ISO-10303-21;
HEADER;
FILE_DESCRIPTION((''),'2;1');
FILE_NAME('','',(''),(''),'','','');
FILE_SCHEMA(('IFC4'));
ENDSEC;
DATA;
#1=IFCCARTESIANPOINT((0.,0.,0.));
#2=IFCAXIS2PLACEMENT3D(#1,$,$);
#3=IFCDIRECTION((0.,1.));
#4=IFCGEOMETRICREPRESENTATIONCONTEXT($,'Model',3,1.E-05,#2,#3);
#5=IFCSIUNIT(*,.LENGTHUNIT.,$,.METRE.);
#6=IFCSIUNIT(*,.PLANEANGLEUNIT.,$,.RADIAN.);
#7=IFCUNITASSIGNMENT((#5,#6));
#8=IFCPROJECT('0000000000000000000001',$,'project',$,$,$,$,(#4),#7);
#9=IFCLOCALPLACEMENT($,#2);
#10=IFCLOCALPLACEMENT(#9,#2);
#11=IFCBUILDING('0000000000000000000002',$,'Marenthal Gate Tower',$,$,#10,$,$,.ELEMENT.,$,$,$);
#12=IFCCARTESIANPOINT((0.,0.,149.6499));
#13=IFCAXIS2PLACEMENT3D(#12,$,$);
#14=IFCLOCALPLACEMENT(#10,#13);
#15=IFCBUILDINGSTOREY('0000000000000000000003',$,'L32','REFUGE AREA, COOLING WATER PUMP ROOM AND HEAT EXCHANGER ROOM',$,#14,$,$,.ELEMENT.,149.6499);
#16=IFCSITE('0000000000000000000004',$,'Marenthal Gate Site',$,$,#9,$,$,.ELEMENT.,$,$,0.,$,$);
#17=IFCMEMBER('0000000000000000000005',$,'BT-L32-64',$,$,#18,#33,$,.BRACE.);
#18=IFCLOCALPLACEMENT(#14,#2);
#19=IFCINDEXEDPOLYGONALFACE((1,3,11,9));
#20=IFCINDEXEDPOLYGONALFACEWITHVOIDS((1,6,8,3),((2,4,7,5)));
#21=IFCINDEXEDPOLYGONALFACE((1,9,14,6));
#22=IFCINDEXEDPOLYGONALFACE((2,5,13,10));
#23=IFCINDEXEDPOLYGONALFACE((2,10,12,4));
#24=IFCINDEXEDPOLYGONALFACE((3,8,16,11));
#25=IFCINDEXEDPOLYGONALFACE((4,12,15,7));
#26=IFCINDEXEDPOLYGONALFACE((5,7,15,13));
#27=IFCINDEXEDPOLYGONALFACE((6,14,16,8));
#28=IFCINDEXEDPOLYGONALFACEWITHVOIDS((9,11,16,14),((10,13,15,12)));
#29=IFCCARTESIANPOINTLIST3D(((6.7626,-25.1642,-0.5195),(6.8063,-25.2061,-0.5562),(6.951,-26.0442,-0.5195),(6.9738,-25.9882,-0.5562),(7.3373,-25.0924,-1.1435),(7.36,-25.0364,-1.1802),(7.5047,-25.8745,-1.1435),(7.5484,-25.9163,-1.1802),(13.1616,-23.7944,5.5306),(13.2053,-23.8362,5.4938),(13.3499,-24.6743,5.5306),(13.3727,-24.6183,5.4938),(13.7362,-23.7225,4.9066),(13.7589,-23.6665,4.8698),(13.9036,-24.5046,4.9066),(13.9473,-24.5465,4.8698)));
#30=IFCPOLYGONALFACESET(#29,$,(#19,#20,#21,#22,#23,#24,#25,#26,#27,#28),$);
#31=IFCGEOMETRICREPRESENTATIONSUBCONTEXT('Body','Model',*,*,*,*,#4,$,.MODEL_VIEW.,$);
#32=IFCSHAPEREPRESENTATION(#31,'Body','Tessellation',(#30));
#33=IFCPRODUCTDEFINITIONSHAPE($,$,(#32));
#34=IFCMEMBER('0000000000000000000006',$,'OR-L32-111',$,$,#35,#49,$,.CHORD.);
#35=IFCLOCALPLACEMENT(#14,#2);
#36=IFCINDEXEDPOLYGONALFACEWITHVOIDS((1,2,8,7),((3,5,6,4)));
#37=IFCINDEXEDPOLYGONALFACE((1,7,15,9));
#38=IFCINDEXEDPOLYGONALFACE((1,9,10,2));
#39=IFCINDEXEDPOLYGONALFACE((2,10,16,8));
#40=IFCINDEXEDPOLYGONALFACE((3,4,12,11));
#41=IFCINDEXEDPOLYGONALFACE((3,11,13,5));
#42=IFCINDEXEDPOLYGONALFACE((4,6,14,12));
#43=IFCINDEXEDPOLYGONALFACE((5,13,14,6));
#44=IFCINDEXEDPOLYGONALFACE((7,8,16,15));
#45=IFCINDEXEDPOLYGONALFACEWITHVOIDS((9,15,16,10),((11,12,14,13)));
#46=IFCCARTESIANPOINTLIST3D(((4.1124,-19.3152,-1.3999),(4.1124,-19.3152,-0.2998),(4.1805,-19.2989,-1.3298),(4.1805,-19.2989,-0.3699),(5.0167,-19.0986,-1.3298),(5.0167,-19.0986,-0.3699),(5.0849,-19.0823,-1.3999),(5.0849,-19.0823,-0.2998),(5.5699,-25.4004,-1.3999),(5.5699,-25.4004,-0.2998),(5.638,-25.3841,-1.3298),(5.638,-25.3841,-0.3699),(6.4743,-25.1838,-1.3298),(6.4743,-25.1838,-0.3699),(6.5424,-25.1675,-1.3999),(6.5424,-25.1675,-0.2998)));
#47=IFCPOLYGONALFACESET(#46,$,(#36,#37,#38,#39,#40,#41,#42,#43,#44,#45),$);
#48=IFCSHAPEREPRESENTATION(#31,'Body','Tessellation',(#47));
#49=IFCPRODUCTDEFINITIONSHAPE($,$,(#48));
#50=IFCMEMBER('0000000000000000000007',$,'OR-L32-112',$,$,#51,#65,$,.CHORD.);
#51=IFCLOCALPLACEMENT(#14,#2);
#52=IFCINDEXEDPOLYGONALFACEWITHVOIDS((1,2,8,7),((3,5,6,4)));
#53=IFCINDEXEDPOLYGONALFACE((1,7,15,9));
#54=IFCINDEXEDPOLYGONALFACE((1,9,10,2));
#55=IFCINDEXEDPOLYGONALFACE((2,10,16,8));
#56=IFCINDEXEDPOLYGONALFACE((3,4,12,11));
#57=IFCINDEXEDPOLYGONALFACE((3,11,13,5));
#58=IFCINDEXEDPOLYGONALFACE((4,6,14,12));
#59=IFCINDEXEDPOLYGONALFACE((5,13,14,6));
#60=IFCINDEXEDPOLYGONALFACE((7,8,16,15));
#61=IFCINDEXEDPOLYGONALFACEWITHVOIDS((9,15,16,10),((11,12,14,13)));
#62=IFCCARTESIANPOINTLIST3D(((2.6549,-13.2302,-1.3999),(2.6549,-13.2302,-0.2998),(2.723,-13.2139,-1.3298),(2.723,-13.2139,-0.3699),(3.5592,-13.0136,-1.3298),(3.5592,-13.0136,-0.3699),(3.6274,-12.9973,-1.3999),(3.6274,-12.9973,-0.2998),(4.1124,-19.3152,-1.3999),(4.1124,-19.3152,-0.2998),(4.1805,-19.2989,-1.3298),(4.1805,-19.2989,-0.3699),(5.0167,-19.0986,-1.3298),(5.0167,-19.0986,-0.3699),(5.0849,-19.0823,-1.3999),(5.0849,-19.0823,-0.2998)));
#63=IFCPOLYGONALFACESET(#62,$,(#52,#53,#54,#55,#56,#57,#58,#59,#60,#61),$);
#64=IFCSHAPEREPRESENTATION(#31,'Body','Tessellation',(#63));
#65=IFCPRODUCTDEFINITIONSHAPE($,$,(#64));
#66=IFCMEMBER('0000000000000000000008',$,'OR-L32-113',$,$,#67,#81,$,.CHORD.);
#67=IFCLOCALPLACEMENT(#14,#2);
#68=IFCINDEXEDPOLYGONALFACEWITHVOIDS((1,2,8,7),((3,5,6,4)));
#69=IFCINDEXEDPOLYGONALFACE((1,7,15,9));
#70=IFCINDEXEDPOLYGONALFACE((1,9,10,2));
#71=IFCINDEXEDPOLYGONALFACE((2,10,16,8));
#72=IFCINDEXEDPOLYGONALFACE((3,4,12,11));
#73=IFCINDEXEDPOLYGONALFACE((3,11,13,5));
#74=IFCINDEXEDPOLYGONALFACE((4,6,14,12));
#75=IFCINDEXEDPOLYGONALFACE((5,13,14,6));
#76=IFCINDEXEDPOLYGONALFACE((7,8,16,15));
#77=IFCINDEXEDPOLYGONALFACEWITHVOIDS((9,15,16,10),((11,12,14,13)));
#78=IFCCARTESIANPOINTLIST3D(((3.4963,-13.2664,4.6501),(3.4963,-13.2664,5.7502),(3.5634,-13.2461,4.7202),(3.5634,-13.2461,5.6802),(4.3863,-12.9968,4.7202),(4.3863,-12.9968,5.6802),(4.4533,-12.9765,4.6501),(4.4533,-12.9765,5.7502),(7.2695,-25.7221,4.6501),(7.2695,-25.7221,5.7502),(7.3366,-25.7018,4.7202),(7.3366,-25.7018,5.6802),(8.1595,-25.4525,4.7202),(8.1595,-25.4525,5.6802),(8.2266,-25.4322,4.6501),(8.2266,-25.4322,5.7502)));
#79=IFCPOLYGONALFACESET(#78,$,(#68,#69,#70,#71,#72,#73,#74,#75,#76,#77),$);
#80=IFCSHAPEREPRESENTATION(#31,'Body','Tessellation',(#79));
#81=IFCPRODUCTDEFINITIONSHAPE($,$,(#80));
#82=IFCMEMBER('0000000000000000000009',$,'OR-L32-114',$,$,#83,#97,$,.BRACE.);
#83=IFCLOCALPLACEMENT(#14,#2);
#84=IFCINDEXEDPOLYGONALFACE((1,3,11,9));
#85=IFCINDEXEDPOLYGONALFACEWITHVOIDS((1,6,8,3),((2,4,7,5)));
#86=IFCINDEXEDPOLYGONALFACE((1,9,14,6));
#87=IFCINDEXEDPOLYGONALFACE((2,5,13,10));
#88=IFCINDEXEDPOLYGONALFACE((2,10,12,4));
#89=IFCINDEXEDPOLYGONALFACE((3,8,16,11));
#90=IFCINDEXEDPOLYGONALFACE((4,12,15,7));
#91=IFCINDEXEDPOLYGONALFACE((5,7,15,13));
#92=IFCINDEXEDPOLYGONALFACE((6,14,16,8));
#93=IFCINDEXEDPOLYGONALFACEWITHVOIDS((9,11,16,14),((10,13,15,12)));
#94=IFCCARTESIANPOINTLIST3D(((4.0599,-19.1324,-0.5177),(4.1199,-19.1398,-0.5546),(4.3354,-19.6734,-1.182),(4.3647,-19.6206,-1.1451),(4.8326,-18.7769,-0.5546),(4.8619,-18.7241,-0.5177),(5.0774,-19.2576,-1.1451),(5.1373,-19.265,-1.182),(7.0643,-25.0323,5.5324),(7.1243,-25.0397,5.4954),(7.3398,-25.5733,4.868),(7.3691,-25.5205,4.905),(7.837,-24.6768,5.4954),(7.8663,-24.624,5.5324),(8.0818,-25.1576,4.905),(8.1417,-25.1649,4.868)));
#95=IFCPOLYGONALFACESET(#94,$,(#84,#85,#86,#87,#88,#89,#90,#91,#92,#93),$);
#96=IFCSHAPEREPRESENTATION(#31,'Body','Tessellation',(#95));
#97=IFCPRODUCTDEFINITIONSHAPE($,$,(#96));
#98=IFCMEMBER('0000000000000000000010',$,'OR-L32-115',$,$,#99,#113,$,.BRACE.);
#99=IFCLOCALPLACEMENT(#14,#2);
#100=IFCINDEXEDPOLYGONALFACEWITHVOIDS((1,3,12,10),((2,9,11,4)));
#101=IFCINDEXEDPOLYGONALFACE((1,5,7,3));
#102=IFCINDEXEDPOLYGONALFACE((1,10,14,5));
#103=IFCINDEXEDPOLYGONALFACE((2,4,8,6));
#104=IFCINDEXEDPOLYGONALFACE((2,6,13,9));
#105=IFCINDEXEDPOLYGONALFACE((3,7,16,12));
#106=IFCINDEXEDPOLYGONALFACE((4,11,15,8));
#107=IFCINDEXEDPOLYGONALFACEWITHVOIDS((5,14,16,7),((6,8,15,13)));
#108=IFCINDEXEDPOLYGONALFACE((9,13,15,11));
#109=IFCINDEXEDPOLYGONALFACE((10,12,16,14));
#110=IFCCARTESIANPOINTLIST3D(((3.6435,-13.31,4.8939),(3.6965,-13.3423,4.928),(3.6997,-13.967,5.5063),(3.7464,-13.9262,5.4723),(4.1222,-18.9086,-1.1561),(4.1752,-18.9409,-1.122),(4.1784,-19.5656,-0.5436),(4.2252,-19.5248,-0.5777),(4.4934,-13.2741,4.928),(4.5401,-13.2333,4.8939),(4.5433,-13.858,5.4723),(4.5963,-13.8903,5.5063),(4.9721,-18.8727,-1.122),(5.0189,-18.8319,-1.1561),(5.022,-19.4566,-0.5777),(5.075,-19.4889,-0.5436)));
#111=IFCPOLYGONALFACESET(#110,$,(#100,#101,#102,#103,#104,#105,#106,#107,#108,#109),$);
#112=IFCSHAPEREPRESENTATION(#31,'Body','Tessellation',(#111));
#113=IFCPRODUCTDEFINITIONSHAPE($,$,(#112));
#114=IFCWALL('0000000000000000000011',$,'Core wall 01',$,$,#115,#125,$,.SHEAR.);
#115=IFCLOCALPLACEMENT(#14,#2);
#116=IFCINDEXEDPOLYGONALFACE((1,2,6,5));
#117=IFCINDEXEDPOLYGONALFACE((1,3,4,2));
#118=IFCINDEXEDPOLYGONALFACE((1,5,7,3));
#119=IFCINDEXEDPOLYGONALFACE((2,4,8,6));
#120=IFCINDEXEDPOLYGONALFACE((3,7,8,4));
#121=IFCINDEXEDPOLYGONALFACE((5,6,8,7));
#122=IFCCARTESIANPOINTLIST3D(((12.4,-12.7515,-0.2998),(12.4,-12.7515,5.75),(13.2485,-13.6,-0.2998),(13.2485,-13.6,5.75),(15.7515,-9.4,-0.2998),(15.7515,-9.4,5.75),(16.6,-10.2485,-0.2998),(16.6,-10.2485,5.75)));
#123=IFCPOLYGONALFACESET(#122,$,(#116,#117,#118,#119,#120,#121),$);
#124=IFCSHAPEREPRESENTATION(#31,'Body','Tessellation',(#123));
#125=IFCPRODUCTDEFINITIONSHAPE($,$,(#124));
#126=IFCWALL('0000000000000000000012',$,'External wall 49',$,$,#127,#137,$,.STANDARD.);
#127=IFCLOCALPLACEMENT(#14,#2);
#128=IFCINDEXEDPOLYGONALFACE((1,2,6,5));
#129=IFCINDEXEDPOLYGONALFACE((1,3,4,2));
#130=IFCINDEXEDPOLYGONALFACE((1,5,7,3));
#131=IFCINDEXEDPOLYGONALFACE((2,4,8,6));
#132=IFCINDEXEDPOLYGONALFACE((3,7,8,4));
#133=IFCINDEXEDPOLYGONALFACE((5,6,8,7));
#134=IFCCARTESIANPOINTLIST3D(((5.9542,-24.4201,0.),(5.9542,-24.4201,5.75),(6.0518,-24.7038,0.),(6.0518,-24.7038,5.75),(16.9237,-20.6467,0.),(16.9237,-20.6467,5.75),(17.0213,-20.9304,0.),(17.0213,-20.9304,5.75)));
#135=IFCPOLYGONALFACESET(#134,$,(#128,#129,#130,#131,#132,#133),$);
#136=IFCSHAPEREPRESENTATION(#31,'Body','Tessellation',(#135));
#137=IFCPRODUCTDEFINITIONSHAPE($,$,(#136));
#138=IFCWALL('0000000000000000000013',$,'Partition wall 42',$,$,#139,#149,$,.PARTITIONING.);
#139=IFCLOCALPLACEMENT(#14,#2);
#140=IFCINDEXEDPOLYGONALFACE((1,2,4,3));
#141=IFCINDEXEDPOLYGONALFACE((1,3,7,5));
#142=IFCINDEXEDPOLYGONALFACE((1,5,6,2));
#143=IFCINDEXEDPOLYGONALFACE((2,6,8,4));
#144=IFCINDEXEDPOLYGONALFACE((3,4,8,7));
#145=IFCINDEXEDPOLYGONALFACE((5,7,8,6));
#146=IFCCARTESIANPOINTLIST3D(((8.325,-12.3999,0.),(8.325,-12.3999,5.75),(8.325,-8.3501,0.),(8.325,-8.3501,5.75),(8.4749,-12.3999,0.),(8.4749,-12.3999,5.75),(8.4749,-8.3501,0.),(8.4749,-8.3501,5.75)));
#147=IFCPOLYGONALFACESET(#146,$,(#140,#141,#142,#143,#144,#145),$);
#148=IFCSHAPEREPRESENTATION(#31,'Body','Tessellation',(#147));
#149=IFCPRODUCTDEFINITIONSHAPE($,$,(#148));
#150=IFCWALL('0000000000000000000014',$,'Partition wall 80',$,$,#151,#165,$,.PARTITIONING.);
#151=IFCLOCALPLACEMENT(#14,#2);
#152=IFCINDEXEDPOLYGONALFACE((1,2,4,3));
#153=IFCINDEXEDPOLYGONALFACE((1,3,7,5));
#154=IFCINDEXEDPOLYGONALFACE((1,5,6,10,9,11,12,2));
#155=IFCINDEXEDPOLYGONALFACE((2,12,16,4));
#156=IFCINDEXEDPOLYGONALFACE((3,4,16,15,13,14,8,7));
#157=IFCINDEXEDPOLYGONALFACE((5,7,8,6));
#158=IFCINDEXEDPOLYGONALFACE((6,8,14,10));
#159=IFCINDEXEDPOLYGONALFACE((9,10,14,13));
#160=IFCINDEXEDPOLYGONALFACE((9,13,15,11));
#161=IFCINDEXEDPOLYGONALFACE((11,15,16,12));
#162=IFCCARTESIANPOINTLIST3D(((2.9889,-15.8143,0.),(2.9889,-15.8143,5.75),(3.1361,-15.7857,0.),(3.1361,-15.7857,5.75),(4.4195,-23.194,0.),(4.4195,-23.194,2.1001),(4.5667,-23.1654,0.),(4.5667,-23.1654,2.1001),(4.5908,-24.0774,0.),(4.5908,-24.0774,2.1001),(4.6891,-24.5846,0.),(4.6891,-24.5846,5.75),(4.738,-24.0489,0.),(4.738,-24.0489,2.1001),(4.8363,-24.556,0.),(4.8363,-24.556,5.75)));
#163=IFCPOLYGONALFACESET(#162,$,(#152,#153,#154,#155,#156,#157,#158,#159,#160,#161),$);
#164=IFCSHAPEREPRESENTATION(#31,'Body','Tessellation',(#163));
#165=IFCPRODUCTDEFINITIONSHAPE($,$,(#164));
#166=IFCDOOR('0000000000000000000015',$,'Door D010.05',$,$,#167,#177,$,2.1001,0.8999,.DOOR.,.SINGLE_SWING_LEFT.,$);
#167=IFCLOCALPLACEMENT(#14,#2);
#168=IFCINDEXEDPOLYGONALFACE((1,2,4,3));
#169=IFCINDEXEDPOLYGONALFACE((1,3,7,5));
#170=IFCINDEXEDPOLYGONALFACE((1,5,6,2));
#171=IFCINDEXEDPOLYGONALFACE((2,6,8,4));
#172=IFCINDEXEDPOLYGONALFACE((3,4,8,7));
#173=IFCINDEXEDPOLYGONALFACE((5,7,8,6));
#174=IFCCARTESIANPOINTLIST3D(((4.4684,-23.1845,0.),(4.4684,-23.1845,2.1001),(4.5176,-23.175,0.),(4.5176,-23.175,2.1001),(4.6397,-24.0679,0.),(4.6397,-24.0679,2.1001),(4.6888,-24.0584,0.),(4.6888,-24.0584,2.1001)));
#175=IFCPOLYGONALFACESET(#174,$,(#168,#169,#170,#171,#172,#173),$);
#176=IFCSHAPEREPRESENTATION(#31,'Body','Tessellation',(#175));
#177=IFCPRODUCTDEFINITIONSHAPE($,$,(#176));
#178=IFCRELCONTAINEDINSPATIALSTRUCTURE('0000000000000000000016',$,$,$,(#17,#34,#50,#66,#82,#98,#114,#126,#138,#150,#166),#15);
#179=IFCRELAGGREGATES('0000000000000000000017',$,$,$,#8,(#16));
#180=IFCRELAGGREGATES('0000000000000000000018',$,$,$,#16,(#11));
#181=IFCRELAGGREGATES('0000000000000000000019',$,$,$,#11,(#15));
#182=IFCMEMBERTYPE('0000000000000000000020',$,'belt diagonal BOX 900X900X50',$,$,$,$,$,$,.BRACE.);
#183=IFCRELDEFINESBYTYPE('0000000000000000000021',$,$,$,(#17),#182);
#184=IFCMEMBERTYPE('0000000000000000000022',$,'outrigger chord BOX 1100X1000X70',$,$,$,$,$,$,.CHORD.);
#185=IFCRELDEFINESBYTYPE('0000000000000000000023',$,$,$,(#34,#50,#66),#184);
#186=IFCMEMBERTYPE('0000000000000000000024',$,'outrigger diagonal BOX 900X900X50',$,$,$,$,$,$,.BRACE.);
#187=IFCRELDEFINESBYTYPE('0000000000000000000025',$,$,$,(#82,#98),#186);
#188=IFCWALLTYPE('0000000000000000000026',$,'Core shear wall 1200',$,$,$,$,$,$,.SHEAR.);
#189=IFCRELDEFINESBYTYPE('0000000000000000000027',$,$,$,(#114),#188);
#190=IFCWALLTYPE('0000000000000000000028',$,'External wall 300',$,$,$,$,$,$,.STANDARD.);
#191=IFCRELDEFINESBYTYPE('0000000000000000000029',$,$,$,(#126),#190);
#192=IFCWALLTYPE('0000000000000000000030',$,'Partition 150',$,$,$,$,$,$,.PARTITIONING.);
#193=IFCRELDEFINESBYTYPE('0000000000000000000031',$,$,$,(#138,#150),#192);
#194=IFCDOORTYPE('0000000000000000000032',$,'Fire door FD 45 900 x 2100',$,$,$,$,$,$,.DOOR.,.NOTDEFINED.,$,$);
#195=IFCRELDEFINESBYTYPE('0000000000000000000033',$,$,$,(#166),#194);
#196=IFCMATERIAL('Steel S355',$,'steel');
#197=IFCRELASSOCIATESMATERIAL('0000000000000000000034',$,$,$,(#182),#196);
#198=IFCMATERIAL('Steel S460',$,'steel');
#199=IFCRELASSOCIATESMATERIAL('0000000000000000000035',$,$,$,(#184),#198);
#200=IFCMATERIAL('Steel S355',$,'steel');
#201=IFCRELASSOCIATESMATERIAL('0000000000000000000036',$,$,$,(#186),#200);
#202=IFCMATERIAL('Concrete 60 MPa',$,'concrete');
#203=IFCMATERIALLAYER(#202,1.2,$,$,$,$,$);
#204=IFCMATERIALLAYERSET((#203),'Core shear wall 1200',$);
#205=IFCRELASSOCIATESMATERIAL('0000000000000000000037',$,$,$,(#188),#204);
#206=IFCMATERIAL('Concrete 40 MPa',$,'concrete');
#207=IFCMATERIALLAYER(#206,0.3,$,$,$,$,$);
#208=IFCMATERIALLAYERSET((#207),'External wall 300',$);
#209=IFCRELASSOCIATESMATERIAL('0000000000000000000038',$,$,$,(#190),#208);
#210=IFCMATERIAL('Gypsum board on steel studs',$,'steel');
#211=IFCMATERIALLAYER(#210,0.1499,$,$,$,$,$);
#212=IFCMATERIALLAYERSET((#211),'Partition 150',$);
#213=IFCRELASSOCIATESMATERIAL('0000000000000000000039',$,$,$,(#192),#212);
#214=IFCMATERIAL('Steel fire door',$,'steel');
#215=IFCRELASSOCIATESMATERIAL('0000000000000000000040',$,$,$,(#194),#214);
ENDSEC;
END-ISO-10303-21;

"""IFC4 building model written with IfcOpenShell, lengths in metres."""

from ifc_helpers import new_model, si_unit, direction, frame, frame_2d, origin, origin_2d, place, context, subcontext, project, spatial, rectangle, hollow_rectangle, extrude, material, layer, layer_set, material_profile, profile_set, type_object, element, fill, save


model = new_model("IFC4")

# Units and contexts
model_context = context("Model", 3, precision=1e-05, world=origin(), true_north=direction((0.0, 1.0)))
body_context = subcontext(model_context, "Body", "Model", "MODEL_VIEW")
ifc_project = project(units=[si_unit("LENGTHUNIT", "METRE"), si_unit("PLANEANGLEUNIT", "RADIAN")], contexts=[model_context])

# Site, building, storey
site_placement = place(None, origin())
site = spatial("IfcSite", under=ifc_project, at=site_placement, Name="Marenthal Gate Site", CompositionType="ELEMENT", RefElevation=0.0)
building_placement = place(site_placement, origin())
building = spatial("IfcBuilding", under=site, at=building_placement, Name="Marenthal Gate Tower", CompositionType="ELEMENT")
storey_placement = place(building_placement, frame((0.0, 0.0, 149.6499)))
storey = spatial("IfcBuildingStorey", under=building, at=storey_placement, Name="L32", Description="REFUGE AREA, COOLING WATER PUMP ROOM AND HEAT EXCHANGER ROOM", CompositionType="ELEMENT", Elevation=149.6499)

# Members
ifc_material_1 = material(Name="Steel S355", Category="steel")
ifc_material_profile_1 = material_profile(ifc_material_1, hollow_rectangle(XDim=0.8999, YDim=0.8999, WallThickness=0.05, at=origin_2d()), Name="BOX 900X900X50")
ifc_profile_set_1 = profile_set([ifc_material_profile_1], Name="Steel S355")
member_type_1 = type_object("IfcMemberType", Name="belt diagonal BOX 900X900X50", PredefinedType="BRACE", material=ifc_profile_set_1)
member_1_placement = place(storey_placement, frame((7.1555, -25.5403, -0.8499), z_axis=(0.718003, 0.153709, 0.678856), x_axis=(-0.209335, 0.977844, 0.0)))
element("IfcMember", 1, at=member_1_placement, inside=storey, type_object=member_type_1, Name="BT-L32-64", PredefinedType="BRACE", context=body_context, shape_type="SweptSolid", body=[
    extrude(hollow_rectangle(XDim=0.8999, YDim=0.8999, WallThickness=0.05, at=origin_2d()), origin(), (0.0, 0.0, 1.0), 8.9121),
])
ifc_material_2 = material(Name="Steel S460", Category="steel")
ifc_material_profile_2 = material_profile(ifc_material_2, hollow_rectangle(XDim=1.0, YDim=1.1001, WallThickness=0.0701, at=origin_2d()), Name="BOX 1100X1000X70")
ifc_profile_set_2 = profile_set([ifc_material_profile_2], Name="Steel S460")
member_type_2 = type_object("IfcMemberType", Name="outrigger chord BOX 1100X1000X70", PredefinedType="CHORD", material=ifc_profile_set_2)
member_2_placement = place(storey_placement, frame((6.0562, -25.2839, -0.8499), z_axis=(-0.23293, 0.972493, 0.0), x_axis=(-0.972493, -0.23293, 0.0)))
element("IfcMember", 2, at=member_2_placement, inside=storey, type_object=member_type_2, Name="OR-L32-111", PredefinedType="CHORD", context=body_context, shape_type="SweptSolid", body=[
    extrude(hollow_rectangle(XDim=1.0, YDim=1.1001, WallThickness=0.0701, at=origin_2d()), origin(), (0.0, 0.0, 1.0), 6.2573),
])
member_3_placement = place(storey_placement, frame((4.5986, -19.1987, -0.8499), z_axis=(-0.232939, 0.972491, 0.0), x_axis=(-0.972491, -0.232939, 0.0)))
element("IfcMember", 3, at=member_3_placement, inside=storey, type_object=member_type_2, Name="OR-L32-112", PredefinedType="CHORD", context=body_context, shape_type="SweptSolid", body=[
    extrude(hollow_rectangle(XDim=1.0, YDim=1.1001, WallThickness=0.0701, at=origin_2d()), origin(), (0.0, 0.0, 1.0), 6.2571),
])
member_4_placement = place(storey_placement, frame((7.748, -25.5771, 5.2002), z_axis=(-0.289921, 0.95705, 0.0), x_axis=(-0.95705, -0.289921, 0.0)))
element("IfcMember", 4, at=member_4_placement, inside=storey, type_object=member_type_2, Name="OR-L32-113", PredefinedType="CHORD", context=body_context, shape_type="SweptSolid", body=[
    extrude(hollow_rectangle(XDim=1.0, YDim=1.1001, WallThickness=0.0701, at=origin_2d()), origin(), (0.0, 0.0, 1.0), 13.0146),
])
ifc_material_3 = material(Name="Steel S355", Category="steel")
ifc_material_profile_3 = material_profile(ifc_material_3, hollow_rectangle(XDim=0.8999, YDim=0.8999, WallThickness=0.05, at=origin_2d()), Name="BOX 900X900X50")
ifc_profile_set_3 = profile_set([ifc_material_profile_3], Name="Steel S355")
member_type_3 = type_object("IfcMemberType", Name="outrigger diagonal BOX 900X900X50", PredefinedType="BRACE", material=ifc_profile_set_3)
member_5_placement = place(storey_placement, frame((7.603, -25.0986, 5.2002), z_axis=(-0.334985, 0.657829, -0.674571), x_axis=(-0.891114, -0.45378, 0.0)))
element("IfcMember", 5, at=member_5_placement, inside=storey, type_object=member_type_3, Name="OR-L32-114", PredefinedType="BRACE", context=body_context, shape_type="SweptSolid", body=[
    extrude(hollow_rectangle(XDim=0.8999, YDim=0.8999, WallThickness=0.05, at=origin_2d()), origin(), (0.0, 0.0, 1.0), 8.9688),
])
member_6_placement = place(storey_placement, frame((4.5986, -19.1987, -0.8499), z_axis=(-0.057983, 0.678052, 0.732723), x_axis=(-0.996364, -0.085203, 0.0)))
element("IfcMember", 6, at=member_6_placement, inside=storey, type_object=member_type_3, Name="OR-L32-115", PredefinedType="BRACE", context=body_context, shape_type="SweptSolid", body=[
    extrude(hollow_rectangle(XDim=0.8999, YDim=0.8999, WallThickness=0.05, at=origin_2d()), origin(), (0.0, 0.0, 1.0), 8.2568),
])

# Walls
ifc_material_4 = material(Name="Concrete 60 MPa", Category="concrete")
ifc_layer_1 = layer(ifc_material_4, 1.2)
ifc_layer_set_1 = layer_set([ifc_layer_1], Name="Core shear wall 1200")
wall_type_1 = type_object("IfcWallType", Name="Core shear wall 1200", PredefinedType="SHEAR", material=ifc_layer_set_1)
wall_1_placement = place(storey_placement, frame((12.8242, -13.1758, -0.2998), z_axis=(0.0, 0.0, 1.0), x_axis=(0.707107, 0.707107, 0.0)))
element("IfcWall", 7, at=wall_1_placement, inside=storey, type_object=wall_type_1, Name="Core wall 01", PredefinedType="SHEAR", context=body_context, shape_type="SweptSolid", body=[
    extrude(rectangle(XDim=4.7397, YDim=1.2, at=frame_2d((2.3699, 0.0))), origin(), (0.0, 0.0, 1.0), 6.0498),
])
ifc_material_5 = material(Name="Concrete 40 MPa", Category="concrete")
ifc_layer_2 = layer(ifc_material_5, 0.3)
ifc_layer_set_2 = layer_set([ifc_layer_2], Name="External wall 300")
wall_type_2 = type_object("IfcWallType", Name="External wall 300", PredefinedType="STANDARD", material=ifc_layer_set_2)
wall_2_placement = place(storey_placement, frame((6.0029, -24.562, 0.0), z_axis=(0.0, 0.0, 1.0), x_axis=(0.945616, 0.325286, 0.0)))
element("IfcWall", 8, at=wall_2_placement, inside=storey, type_object=wall_type_2, Name="External wall 49", PredefinedType="STANDARD", context=body_context, shape_type="SweptSolid", body=[
    extrude(rectangle(XDim=11.6003, YDim=0.3, at=frame_2d((5.8003, 0.0))), origin(), (0.0, 0.0, 1.0), 5.75),
])
ifc_material_6 = material(Name="Gypsum board on steel studs", Category="steel")
ifc_layer_3 = layer(ifc_material_6, 0.1499)
ifc_layer_set_3 = layer_set([ifc_layer_3], Name="Partition 150")
wall_type_3 = type_object("IfcWallType", Name="Partition 150", PredefinedType="PARTITIONING", material=ifc_layer_set_3)
wall_3_placement = place(storey_placement, frame((8.3999, -12.3999, 0.0), z_axis=(0.0, 0.0, 1.0), x_axis=(0.0, 1.0, 0.0)))
element("IfcWall", 9, at=wall_3_placement, inside=storey, type_object=wall_type_3, Name="Partition wall 42", PredefinedType="PARTITIONING", context=body_context, shape_type="SweptSolid", body=[
    extrude(rectangle(XDim=4.0498, YDim=0.1499, at=frame_2d((2.0249, 0.0))), origin(), (0.0, 0.0, 1.0), 5.75),
])

# Wall, opening, door
wall_4_placement = place(storey_placement, frame((4.7627, -24.5703, 0.0), z_axis=(0.0, 0.0, 1.0), x_axis=(-0.190316, 0.981723, 0.0)))
wall_4 = element("IfcWall", 10, at=wall_4_placement, inside=storey, type_object=wall_type_3, Name="Partition wall 80", PredefinedType="PARTITIONING", context=body_context, shape_type="SweptSolid", body=[
    extrude(rectangle(XDim=8.9336, YDim=0.1499, at=frame_2d((4.4668, 0.0))), origin(), (0.0, 0.0, 1.0), 5.75),
])
opening_placement = place(wall_4_placement, frame((0.5166, 0.0, 0.0)))
opening = element("IfcOpeningElement", 11, at=opening_placement, cuts=wall_4, PredefinedType="OPENING", context=body_context, shape_type="SweptSolid", body=[
    extrude(rectangle(XDim=0.8999, YDim=2.1001, at=frame_2d((0.45, 1.05))), frame((0.0, 0.085, 0.0), z_axis=(0.0, -1.0, 0.0), x_axis=(1.0, 0.0, 0.0)), (0.0, 0.0, 1.0), 0.1699),
])
ifc_material_7 = material(Name="Steel fire door", Category="steel")
door_type = type_object("IfcDoorType", Name="Fire door FD 45 900 x 2100", OperationType="NOTDEFINED", PredefinedType="DOOR", material=ifc_material_7)
door_placement = place(opening_placement, frame((0.8999, 0.0, 0.0), z_axis=(0.0, 0.0, 1.0), x_axis=(-1.0, 0.0, 0.0)))
door = element("IfcDoor", 12, at=door_placement, inside=storey, type_object=door_type, Name="Door D010.05", OperationType="SINGLE_SWING_LEFT", OverallHeight=2.1001, OverallWidth=0.8999, PredefinedType="DOOR", context=body_context, shape_type="SweptSolid", body=[
    extrude(rectangle(XDim=0.8999, YDim=2.1001, at=frame_2d((0.45, 1.05))), frame((0.0, 0.0249, 0.0), z_axis=(0.0, -1.0, 0.0), x_axis=(1.0, 0.0, 0.0)), (0.0, 0.0, 1.0), 0.05),
])
fill(opening, door)

save(model, "model.ifc")
